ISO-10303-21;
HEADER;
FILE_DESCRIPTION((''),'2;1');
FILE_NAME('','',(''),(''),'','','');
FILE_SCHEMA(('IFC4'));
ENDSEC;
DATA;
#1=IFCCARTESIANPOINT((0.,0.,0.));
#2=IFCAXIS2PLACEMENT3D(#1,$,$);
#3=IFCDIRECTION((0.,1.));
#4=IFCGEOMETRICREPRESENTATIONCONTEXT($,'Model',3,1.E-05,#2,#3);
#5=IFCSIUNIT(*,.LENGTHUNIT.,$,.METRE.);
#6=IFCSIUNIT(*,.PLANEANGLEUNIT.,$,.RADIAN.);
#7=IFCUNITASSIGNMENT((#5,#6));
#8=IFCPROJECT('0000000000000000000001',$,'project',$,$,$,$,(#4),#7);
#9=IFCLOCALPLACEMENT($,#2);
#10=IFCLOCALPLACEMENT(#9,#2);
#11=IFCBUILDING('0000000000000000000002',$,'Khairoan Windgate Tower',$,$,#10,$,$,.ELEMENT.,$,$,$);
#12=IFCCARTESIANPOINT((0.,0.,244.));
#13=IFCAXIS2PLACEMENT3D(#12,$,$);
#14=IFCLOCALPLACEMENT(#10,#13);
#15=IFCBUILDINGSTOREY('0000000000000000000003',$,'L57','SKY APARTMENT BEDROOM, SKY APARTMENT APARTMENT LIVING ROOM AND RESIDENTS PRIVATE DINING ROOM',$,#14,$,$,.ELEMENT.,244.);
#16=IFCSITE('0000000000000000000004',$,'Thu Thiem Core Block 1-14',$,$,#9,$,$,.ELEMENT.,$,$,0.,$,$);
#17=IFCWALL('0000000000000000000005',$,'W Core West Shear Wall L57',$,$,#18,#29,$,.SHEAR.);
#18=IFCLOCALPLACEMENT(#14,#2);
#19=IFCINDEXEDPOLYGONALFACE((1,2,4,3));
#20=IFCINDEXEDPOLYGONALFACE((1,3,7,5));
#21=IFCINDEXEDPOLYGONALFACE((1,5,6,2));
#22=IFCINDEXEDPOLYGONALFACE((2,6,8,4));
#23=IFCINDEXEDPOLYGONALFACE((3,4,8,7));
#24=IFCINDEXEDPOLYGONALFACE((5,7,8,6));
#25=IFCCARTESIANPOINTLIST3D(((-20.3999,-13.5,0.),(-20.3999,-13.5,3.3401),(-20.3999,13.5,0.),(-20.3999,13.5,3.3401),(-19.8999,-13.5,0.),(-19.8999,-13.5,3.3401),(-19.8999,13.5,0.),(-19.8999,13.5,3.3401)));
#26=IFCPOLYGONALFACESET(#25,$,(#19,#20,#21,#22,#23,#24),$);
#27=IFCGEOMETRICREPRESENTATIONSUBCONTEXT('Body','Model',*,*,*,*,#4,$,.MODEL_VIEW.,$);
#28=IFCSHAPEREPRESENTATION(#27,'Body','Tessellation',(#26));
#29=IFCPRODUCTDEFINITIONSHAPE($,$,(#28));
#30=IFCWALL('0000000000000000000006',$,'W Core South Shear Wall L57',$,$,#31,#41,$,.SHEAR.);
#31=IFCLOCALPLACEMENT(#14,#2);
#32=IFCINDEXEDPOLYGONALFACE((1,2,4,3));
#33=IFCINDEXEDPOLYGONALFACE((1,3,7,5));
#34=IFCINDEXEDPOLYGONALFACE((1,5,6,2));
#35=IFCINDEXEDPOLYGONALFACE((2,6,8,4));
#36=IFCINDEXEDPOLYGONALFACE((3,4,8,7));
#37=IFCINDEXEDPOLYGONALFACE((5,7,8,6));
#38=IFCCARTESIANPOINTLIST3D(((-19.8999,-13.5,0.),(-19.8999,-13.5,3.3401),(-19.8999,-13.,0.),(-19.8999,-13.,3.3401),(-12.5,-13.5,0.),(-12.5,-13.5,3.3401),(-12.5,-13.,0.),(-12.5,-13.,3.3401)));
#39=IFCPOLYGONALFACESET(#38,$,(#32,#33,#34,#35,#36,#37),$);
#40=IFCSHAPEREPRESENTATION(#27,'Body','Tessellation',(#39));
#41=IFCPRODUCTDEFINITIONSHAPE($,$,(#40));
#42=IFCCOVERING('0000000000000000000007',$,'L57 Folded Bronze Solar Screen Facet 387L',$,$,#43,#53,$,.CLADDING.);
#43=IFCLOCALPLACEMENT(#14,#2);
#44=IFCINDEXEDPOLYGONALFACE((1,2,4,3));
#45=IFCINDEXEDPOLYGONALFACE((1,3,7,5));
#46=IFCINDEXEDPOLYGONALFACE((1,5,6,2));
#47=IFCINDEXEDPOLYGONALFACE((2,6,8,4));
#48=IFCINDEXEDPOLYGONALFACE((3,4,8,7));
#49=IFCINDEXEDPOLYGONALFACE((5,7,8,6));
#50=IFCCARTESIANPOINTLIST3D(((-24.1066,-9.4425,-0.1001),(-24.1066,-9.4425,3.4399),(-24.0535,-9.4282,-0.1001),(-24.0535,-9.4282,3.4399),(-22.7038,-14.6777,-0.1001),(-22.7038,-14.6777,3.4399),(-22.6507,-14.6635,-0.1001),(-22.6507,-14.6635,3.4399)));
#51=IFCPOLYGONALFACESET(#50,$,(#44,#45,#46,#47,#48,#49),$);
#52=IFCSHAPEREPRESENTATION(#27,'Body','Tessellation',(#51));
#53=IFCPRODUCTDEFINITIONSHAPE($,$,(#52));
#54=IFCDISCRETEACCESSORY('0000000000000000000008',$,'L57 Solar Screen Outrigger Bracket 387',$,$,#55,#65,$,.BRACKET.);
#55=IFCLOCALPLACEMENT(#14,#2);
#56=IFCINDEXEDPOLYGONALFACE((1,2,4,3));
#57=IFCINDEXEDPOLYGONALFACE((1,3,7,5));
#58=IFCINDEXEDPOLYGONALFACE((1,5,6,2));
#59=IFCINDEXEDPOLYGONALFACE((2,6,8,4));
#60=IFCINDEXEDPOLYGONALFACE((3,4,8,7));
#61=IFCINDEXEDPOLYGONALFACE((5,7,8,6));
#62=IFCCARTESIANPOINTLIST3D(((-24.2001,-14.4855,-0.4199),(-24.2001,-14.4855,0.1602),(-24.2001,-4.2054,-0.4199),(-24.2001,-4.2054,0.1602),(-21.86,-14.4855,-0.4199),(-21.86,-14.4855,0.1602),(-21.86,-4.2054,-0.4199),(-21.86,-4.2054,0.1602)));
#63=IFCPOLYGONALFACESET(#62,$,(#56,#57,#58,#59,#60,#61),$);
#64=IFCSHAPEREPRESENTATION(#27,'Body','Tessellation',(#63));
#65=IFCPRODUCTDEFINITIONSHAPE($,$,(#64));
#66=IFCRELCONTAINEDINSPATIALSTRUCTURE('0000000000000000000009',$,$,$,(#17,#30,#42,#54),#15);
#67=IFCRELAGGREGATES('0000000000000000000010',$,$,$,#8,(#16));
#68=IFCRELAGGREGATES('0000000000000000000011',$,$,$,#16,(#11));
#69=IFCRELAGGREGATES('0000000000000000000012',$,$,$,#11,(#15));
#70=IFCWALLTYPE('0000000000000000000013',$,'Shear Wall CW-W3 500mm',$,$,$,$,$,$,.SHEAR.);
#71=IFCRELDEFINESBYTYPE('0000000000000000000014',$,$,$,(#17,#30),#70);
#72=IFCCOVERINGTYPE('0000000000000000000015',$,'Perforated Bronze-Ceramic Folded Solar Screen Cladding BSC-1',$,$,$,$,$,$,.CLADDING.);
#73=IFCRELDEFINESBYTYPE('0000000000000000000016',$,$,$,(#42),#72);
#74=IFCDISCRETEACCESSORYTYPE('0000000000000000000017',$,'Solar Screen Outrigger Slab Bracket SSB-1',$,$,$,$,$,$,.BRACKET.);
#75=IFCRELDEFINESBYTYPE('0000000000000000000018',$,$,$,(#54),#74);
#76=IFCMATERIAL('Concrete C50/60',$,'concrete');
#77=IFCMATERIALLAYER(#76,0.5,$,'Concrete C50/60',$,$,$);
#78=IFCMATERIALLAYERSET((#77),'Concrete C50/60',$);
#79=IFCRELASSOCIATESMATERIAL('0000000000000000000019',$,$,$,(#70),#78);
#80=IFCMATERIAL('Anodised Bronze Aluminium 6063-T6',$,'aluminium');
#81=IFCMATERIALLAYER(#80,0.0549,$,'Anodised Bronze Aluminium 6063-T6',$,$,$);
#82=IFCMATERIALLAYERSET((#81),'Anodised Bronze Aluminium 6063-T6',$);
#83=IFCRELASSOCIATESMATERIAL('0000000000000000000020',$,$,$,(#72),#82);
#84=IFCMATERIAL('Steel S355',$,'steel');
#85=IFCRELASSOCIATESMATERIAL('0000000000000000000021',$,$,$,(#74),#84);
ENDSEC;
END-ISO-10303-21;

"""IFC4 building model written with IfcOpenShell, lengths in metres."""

from ifc_helpers import new_model, si_unit, direction, frame, frame_2d, origin, origin_2d, place, context, subcontext, project, spatial, rectangle, extrude, material, layer, layer_set, type_object, element, save


model = new_model("IFC4")

# Units and contexts
model_context = context("Model", 3, precision=1e-05, world=origin(), true_north=direction((0.0, 1.0)))
body_context = subcontext(model_context, "Body", "Model", "MODEL_VIEW")
ifc_project = project(units=[si_unit("LENGTHUNIT", "METRE"), si_unit("PLANEANGLEUNIT", "RADIAN")], contexts=[model_context])

# Site, building, storey
site_placement = place(None, origin())
site = spatial("IfcSite", under=ifc_project, at=site_placement, Name="Thu Thiem Core Block 1-14", CompositionType="ELEMENT", RefElevation=0.0)
building_placement = place(site_placement, origin())
building = spatial("IfcBuilding", under=site, at=building_placement, Name="Khairoan Windgate Tower", CompositionType="ELEMENT")
storey_placement = place(building_placement, frame((0.0, 0.0, 244.0)))
storey = spatial("IfcBuildingStorey", under=building, at=storey_placement, Name="L57", Description="SKY APARTMENT BEDROOM, SKY APARTMENT APARTMENT LIVING ROOM AND RESIDENTS PRIVATE DINING ROOM", CompositionType="ELEMENT", Elevation=244.0)

# Walls
ifc_material_1 = material(Name="Concrete C50/60", Category="concrete")
ifc_layer_1 = layer(ifc_material_1, 0.5, Name="Concrete C50/60")
ifc_layer_set_1 = layer_set([ifc_layer_1], Name="Concrete C50/60")
wall_type_1 = type_object("IfcWallType", Name="Shear Wall CW-W3 500mm", PredefinedType="SHEAR", material=ifc_layer_set_1)
wall_1_placement = place(storey_placement, frame((-20.1499, -13.5, 0.0), z_axis=(0.0, 0.0, 1.0), x_axis=(0.0, 1.0, 0.0)))
element("IfcWall", 1, at=wall_1_placement, inside=storey, type_object=wall_type_1, Name="W Core West Shear Wall L57", PredefinedType="SHEAR", context=body_context, shape_type="SweptSolid", body=[
    extrude(rectangle(XDim=27.0, YDim=0.5, at=frame_2d((13.5, 0.0))), origin(), (0.0, 0.0, 1.0), 3.3401),
])
wall_2_placement = place(storey_placement, frame((-19.8999, -13.25, 0.0), z_axis=(0.0, 0.0, 1.0), x_axis=(1.0, 0.0, 0.0)))
element("IfcWall", 2, at=wall_2_placement, inside=storey, type_object=wall_type_1, Name="W Core South Shear Wall L57", PredefinedType="SHEAR", context=body_context, shape_type="SweptSolid", body=[
    extrude(rectangle(XDim=7.3999, YDim=0.5, at=frame_2d((3.7, 0.0))), origin(), (0.0, 0.0, 1.0), 3.3401),
])

# Covering
ifc_material_2 = material(Name="Anodised Bronze Aluminium 6063-T6", Category="aluminium")
ifc_layer_2 = layer(ifc_material_2, 0.0549, Name="Anodised Bronze Aluminium 6063-T6")
ifc_layer_set_2 = layer_set([ifc_layer_2], Name="Anodised Bronze Aluminium 6063-T6")
covering_type = type_object("IfcCoveringType", Name="Perforated Bronze-Ceramic Folded Solar Screen Cladding BSC-1", PredefinedType="CLADDING", material=ifc_layer_set_2)
covering_placement = place(storey_placement, frame((-23.3787, -12.053, -0.1001), z_axis=(0.0, 0.0, 1.0), x_axis=(-0.258819, 0.965926, 0.0)))
element("IfcCovering", 3, at=covering_placement, inside=storey, type_object=covering_type, Name="L57 Folded Bronze Solar Screen Facet 387L", PredefinedType="CLADDING", context=body_context, shape_type="SweptSolid", body=[
    extrude(rectangle(XDim=5.4199, YDim=0.0549, at=origin_2d()), origin(), (0.0, 0.0, 1.0), 3.54),
])

# Discrete accessory
ifc_material_3 = material(Name="Steel S355", Category="steel")
discrete_accessory_type = type_object("IfcDiscreteAccessoryType", Name="Solar Screen Outrigger Slab Bracket SSB-1", PredefinedType="BRACKET", material=ifc_material_3)
discrete_accessory_placement = place(storey_placement, frame((-23.03, -9.3455, -0.4199), z_axis=(0.0, 0.0, 1.0), x_axis=(0.0, 1.0, 0.0)))
element("IfcDiscreteAccessory", 4, at=discrete_accessory_placement, inside=storey, type_object=discrete_accessory_type, Name="L57 Solar Screen Outrigger Bracket 387", PredefinedType="BRACKET", context=body_context, shape_type="SweptSolid", body=[
    extrude(rectangle(XDim=10.28, YDim=2.3401, at=origin_2d()), origin(), (0.0, 0.0, 1.0), 0.5801),
])

save(model, "model.ifc")
